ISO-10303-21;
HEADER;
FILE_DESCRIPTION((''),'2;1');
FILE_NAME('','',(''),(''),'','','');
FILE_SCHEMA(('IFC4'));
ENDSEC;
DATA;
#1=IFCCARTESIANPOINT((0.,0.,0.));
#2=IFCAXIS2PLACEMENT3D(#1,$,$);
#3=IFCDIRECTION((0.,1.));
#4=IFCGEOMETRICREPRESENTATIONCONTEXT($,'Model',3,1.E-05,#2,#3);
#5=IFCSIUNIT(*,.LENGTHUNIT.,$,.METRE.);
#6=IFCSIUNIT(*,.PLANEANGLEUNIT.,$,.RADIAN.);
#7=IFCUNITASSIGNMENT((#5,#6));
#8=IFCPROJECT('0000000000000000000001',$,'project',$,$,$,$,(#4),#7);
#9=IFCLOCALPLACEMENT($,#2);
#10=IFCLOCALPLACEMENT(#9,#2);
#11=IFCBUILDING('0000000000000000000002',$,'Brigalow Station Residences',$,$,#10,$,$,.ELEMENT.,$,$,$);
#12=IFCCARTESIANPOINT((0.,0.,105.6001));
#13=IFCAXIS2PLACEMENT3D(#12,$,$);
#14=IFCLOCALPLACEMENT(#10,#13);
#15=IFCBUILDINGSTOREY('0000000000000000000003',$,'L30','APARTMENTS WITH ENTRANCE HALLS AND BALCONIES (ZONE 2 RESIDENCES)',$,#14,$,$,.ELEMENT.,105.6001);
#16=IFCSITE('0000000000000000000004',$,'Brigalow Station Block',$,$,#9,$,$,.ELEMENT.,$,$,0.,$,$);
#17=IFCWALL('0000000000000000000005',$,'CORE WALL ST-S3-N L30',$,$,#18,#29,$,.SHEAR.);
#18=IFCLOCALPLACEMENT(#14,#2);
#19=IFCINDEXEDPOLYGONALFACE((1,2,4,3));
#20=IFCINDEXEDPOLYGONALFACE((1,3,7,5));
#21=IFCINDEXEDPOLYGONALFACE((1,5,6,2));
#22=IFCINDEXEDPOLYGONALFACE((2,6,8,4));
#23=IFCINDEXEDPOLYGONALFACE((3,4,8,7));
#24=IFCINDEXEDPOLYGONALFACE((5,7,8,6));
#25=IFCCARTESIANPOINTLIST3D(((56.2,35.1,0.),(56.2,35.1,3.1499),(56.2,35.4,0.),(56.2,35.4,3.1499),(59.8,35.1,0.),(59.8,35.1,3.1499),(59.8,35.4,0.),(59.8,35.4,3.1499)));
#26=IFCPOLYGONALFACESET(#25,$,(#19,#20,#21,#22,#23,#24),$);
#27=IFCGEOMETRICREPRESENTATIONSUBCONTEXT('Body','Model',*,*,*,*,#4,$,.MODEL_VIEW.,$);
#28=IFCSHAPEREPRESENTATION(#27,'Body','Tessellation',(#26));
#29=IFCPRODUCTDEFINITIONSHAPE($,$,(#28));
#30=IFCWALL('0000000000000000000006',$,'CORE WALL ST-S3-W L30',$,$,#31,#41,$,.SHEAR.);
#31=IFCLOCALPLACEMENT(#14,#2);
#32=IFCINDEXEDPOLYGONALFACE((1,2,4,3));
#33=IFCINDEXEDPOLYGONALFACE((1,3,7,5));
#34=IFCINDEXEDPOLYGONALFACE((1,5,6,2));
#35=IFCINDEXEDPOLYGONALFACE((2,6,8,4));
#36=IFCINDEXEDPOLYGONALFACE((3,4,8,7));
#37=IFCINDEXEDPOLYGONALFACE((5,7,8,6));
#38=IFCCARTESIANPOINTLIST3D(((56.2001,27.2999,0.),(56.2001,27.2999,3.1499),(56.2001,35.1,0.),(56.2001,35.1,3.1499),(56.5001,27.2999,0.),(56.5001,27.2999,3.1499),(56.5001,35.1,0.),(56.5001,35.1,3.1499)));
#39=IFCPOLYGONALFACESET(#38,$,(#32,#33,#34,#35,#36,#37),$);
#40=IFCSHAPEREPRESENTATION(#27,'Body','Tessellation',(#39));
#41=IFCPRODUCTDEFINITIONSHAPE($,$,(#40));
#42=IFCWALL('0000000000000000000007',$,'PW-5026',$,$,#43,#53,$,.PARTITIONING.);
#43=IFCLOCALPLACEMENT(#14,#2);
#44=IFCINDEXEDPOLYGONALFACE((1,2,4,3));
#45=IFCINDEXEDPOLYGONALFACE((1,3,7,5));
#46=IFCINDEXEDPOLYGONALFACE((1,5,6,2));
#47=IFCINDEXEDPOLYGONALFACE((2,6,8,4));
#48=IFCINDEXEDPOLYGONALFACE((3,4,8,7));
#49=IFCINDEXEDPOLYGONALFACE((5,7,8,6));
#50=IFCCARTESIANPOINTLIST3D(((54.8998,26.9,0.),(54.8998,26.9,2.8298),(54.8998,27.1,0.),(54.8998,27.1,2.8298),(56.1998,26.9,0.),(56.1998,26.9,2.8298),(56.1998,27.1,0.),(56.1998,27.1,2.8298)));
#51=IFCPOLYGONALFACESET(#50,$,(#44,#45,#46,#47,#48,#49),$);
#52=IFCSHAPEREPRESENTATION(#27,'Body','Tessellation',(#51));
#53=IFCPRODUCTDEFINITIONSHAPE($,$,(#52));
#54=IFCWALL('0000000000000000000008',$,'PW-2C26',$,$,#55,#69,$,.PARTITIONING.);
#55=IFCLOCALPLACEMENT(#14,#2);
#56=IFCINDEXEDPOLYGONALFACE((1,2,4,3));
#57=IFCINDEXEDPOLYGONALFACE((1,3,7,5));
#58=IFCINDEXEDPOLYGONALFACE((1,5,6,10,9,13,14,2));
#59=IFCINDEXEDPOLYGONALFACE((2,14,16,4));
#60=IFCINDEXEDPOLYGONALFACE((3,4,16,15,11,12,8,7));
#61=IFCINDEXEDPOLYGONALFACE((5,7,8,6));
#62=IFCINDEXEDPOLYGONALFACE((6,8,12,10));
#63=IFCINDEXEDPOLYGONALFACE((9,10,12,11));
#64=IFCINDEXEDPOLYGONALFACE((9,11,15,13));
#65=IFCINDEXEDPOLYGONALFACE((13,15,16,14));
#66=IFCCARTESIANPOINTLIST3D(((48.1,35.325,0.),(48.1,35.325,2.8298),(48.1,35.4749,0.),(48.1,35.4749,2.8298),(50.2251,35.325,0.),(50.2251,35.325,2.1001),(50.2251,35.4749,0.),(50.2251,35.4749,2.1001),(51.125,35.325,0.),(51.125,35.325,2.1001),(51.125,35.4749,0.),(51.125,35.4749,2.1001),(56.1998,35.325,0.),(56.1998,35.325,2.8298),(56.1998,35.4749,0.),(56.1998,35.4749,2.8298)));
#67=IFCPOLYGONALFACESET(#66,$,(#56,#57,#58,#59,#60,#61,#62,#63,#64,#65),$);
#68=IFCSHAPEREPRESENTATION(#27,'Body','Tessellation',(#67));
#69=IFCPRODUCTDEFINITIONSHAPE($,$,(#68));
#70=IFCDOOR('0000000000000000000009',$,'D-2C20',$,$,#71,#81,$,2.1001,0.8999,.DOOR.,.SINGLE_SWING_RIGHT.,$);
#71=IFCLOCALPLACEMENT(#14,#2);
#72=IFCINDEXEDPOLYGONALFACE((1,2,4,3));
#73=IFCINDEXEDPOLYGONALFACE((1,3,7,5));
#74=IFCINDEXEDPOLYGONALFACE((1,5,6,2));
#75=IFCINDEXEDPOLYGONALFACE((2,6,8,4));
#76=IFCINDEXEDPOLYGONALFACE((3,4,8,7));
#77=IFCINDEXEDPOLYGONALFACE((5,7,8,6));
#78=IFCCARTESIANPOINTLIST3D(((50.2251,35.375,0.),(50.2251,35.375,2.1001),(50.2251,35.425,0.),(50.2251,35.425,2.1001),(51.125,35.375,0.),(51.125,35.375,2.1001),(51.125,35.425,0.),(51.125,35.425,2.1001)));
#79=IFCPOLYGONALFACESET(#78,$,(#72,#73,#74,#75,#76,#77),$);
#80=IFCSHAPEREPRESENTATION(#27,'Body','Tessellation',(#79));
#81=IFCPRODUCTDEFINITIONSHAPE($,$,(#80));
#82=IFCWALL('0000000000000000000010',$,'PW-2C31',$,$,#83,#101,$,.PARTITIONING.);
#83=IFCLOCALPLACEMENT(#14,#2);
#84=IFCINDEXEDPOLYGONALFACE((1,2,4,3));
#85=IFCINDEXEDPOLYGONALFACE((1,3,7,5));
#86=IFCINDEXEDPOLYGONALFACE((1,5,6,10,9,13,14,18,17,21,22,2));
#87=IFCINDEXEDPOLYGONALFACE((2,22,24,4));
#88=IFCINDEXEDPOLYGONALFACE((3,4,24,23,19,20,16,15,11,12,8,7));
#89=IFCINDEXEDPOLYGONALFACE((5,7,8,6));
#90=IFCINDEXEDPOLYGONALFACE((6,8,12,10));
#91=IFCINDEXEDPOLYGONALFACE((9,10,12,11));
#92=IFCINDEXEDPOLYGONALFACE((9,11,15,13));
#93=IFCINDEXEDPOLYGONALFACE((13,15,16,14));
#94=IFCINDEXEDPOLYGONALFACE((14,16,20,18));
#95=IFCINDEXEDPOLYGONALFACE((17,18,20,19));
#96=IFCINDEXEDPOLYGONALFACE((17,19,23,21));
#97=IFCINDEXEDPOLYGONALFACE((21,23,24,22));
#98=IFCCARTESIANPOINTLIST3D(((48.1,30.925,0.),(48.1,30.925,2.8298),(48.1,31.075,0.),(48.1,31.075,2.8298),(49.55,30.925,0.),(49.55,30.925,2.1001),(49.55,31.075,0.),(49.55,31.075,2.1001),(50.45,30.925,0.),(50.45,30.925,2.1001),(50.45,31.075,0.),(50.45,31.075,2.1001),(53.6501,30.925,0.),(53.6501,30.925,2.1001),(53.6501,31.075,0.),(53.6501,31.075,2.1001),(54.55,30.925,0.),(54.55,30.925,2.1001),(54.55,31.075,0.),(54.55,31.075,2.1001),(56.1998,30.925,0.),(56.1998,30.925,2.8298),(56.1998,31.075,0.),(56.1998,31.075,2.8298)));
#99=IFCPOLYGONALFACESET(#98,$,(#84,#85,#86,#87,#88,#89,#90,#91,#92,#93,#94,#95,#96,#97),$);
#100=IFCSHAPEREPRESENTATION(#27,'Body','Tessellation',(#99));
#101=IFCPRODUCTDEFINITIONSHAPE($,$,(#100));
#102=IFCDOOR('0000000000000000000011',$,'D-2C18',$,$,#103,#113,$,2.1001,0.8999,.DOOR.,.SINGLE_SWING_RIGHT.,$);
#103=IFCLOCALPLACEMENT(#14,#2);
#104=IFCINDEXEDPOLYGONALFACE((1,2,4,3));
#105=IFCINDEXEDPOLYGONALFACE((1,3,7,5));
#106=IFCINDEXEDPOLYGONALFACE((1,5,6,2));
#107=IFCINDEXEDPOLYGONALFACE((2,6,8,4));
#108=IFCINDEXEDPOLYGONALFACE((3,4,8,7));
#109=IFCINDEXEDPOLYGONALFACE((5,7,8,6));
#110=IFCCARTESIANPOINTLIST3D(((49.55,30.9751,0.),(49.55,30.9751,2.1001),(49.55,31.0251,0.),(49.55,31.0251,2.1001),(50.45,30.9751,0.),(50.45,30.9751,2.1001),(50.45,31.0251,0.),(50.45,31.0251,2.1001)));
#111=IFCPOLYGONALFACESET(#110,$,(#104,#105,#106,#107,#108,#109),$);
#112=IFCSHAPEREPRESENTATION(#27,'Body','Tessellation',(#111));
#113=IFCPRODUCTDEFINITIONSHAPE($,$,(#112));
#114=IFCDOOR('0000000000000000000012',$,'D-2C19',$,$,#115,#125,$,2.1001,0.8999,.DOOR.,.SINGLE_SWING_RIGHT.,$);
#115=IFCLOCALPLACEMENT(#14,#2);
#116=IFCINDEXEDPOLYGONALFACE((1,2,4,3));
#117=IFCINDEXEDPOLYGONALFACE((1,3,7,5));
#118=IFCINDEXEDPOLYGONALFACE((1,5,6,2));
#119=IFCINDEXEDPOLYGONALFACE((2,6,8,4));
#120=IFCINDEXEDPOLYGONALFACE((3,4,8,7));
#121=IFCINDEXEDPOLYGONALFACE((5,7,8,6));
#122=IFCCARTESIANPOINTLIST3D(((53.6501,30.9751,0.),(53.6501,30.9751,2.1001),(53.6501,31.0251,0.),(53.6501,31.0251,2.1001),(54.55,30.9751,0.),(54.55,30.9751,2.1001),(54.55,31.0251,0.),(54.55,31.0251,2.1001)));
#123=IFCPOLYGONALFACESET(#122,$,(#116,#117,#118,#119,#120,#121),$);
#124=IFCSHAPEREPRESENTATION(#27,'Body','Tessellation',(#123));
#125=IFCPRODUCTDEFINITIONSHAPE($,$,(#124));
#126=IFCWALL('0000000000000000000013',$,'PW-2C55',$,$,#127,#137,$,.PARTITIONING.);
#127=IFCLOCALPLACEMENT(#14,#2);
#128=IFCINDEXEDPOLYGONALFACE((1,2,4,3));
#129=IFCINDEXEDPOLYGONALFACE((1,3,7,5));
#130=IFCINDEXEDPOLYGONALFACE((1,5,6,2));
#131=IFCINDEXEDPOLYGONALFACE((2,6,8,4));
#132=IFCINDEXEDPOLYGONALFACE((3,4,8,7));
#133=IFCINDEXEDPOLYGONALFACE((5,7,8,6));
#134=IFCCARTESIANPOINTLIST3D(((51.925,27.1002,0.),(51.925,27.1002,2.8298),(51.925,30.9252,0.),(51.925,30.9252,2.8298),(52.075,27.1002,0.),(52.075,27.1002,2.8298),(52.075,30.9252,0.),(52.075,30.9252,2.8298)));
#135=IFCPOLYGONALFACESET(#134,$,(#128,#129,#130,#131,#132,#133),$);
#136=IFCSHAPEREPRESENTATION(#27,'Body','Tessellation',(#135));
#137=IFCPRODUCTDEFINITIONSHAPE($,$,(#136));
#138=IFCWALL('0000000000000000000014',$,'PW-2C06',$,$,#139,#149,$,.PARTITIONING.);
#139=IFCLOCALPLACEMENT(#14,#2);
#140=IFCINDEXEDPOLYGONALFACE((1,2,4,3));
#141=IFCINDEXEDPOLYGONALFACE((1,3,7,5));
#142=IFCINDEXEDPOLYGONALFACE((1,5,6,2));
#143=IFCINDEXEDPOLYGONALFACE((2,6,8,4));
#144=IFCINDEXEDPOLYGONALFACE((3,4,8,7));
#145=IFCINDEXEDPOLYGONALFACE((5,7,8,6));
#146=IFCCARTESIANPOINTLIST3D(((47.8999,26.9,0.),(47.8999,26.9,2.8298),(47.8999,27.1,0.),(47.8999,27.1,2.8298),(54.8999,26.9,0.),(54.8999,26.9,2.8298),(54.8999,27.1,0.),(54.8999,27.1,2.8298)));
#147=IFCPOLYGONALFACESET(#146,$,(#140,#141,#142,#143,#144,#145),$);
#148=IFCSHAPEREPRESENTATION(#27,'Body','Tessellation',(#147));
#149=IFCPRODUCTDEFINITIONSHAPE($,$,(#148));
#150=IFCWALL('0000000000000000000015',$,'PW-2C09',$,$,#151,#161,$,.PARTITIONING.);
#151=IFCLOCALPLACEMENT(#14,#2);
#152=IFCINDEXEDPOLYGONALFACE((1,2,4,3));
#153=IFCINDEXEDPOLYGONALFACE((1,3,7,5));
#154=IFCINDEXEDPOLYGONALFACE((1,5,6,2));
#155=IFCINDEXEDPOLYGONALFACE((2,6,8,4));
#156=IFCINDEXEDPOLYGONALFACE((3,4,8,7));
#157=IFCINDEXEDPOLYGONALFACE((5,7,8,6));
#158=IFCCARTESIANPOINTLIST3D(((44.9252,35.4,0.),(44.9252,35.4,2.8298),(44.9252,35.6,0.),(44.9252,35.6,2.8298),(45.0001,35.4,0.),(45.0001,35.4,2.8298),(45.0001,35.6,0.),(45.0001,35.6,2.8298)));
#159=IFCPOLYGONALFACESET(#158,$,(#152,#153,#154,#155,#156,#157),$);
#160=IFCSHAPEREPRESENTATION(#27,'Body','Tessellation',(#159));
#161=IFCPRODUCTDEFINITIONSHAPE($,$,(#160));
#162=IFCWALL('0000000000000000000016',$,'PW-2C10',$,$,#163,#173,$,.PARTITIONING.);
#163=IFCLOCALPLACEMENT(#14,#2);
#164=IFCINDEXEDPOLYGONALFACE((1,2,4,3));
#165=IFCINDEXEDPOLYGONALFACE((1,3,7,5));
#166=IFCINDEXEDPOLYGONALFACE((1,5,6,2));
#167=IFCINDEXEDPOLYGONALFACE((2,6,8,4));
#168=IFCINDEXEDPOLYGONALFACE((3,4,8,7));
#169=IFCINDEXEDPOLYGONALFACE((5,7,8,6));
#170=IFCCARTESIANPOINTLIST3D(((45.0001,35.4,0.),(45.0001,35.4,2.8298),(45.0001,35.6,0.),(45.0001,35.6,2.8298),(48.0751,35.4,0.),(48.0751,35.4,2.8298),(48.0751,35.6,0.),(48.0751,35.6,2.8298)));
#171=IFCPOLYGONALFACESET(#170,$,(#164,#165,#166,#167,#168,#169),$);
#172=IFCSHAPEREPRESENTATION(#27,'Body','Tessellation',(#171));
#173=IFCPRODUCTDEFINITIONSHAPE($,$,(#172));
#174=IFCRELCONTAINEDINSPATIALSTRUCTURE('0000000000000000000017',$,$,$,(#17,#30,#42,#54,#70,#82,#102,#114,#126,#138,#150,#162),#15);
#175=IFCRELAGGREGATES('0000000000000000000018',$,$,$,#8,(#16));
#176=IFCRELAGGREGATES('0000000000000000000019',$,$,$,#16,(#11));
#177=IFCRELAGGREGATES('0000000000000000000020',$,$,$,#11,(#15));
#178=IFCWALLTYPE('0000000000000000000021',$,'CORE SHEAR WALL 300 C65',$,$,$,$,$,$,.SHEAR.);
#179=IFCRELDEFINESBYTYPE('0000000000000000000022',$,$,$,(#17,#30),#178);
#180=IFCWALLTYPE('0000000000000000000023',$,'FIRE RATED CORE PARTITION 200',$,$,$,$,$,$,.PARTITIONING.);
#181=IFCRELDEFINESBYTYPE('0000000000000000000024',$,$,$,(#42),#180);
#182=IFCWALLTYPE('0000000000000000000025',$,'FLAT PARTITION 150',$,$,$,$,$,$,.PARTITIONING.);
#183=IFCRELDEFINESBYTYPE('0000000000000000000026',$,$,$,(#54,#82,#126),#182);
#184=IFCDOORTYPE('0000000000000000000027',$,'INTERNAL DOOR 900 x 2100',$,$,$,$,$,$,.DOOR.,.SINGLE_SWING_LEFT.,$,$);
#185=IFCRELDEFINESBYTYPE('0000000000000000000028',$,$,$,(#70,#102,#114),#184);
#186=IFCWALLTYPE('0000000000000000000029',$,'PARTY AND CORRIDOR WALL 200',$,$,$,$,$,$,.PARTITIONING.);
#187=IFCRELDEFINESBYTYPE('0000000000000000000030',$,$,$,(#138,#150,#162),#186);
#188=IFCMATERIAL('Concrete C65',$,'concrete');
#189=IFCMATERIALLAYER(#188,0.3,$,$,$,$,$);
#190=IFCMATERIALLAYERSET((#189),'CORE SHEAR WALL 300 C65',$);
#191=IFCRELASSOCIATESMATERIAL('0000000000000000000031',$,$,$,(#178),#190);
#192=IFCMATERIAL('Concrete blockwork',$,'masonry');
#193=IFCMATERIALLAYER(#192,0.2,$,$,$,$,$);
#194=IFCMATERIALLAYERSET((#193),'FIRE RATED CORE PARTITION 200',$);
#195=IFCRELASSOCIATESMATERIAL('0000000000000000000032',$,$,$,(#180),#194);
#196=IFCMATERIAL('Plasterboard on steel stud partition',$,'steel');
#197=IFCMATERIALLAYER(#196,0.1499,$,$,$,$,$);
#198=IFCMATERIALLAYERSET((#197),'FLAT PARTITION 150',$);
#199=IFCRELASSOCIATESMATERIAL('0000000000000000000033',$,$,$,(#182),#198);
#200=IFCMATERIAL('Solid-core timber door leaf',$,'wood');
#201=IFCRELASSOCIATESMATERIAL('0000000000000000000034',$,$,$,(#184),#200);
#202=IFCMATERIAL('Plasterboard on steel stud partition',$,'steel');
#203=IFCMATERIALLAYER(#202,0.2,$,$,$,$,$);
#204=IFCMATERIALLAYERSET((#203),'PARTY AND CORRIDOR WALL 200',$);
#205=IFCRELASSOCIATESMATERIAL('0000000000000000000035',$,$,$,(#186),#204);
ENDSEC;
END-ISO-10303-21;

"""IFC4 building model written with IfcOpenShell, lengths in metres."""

from ifc_helpers import new_model, si_unit, direction, frame, frame_2d, origin, place, context, subcontext, project, spatial, rectangle, extrude, material, layer, layer_set, type_object, element, fill, save


model = new_model("IFC4")

# Units and contexts
model_context = context("Model", 3, precision=1e-05, world=origin(), true_north=direction((0.0, 1.0)))
body_context = subcontext(model_context, "Body", "Model", "MODEL_VIEW")
ifc_project = project(units=[si_unit("LENGTHUNIT", "METRE"), si_unit("PLANEANGLEUNIT", "RADIAN")], contexts=[model_context])

# Site, building, storey
site_placement = place(None, origin())
site = spatial("IfcSite", under=ifc_project, at=site_placement, Name="Brigalow Station Block", CompositionType="ELEMENT", RefElevation=0.0)
building_placement = place(site_placement, origin())
building = spatial("IfcBuilding", under=site, at=building_placement, Name="Brigalow Station Residences", CompositionType="ELEMENT")
storey_placement = place(building_placement, frame((0.0, 0.0, 105.6001)))
storey = spatial("IfcBuildingStorey", under=building, at=storey_placement, Name="L30", Description="APARTMENTS WITH ENTRANCE HALLS AND BALCONIES (ZONE 2 RESIDENCES)", CompositionType="ELEMENT", Elevation=105.6001)

# Shared definitions
ifc_material_1 = material(Name="Concrete C65", Category="concrete")
ifc_layer_1 = layer(ifc_material_1, 0.3)
ifc_layer_set_1 = layer_set([ifc_layer_1], Name="CORE SHEAR WALL 300 C65")
wall_type_1 = type_object("IfcWallType", Name="CORE SHEAR WALL 300 C65", PredefinedType="SHEAR", material=ifc_layer_set_1)

# Walls
wall_1_placement = place(storey_placement, frame((56.2, 35.25, 0.0), z_axis=(0.0, 0.0, 1.0), x_axis=(1.0, 0.0, 0.0)))
element("IfcWall", 1, at=wall_1_placement, inside=storey, type_object=wall_type_1, Name="CORE WALL ST-S3-N L30", PredefinedType="SHEAR", context=body_context, shape_type="SweptSolid", body=[
    extrude(rectangle(XDim=3.6001, YDim=0.3, at=frame_2d((1.8, 0.0))), origin(), (0.0, 0.0, 1.0), 3.1499),
])
wall_2_placement = place(storey_placement, frame((56.3501, 27.3, 0.0), z_axis=(0.0, 0.0, 1.0), x_axis=(0.0, 1.0, 0.0)))
element("IfcWall", 2, at=wall_2_placement, inside=storey, type_object=wall_type_1, Name="CORE WALL ST-S3-W L30", PredefinedType="SHEAR", context=body_context, shape_type="SweptSolid", body=[
    extrude(rectangle(XDim=7.8, YDim=0.3, at=frame_2d((3.8999, 0.0))), origin(), (0.0, 0.0, 1.0), 3.1499),
])
ifc_material_2 = material(Name="Concrete blockwork", Category="masonry")
ifc_layer_2 = layer(ifc_material_2, 0.2)
ifc_layer_set_2 = layer_set([ifc_layer_2], Name="FIRE RATED CORE PARTITION 200")
wall_type_2 = type_object("IfcWallType", Name="FIRE RATED CORE PARTITION 200", PredefinedType="PARTITIONING", material=ifc_layer_set_2)
wall_3_placement = place(storey_placement, frame((54.8999, 27.0, 0.0), z_axis=(0.0, 0.0, 1.0), x_axis=(1.0, 0.0, 0.0)))
element("IfcWall", 3, at=wall_3_placement, inside=storey, type_object=wall_type_2, Name="PW-5026", PredefinedType="PARTITIONING", context=body_context, shape_type="SweptSolid", body=[
    extrude(rectangle(XDim=1.3, YDim=0.2, at=frame_2d((0.6499, 0.0))), origin(), (0.0, 0.0, 1.0), 2.8298),
])

# Wall, opening, door
ifc_material_3 = material(Name="Plasterboard on steel stud partition", Category="steel")
ifc_layer_3 = layer(ifc_material_3, 0.1499)
ifc_layer_set_3 = layer_set([ifc_layer_3], Name="FLAT PARTITION 150")
wall_type_3 = type_object("IfcWallType", Name="FLAT PARTITION 150", PredefinedType="PARTITIONING", material=ifc_layer_set_3)
wall_4_placement = place(storey_placement, frame((48.1001, 35.3999, 0.0), z_axis=(0.0, 0.0, 1.0), x_axis=(1.0, 0.0, 0.0)))
wall_4 = element("IfcWall", 4, at=wall_4_placement, inside=storey, type_object=wall_type_3, Name="PW-2C26", PredefinedType="PARTITIONING", context=body_context, shape_type="SweptSolid", body=[
    extrude(rectangle(XDim=8.0999, YDim=0.1499, at=frame_2d((4.0498, 0.0))), origin(), (0.0, 0.0, 1.0), 2.8298),
])
opening_1_placement = place(wall_4_placement, frame((2.125, 0.0, 0.0)))
opening_1 = element("IfcOpeningElement", 5, at=opening_1_placement, cuts=wall_4, PredefinedType="OPENING", context=body_context, shape_type="SweptSolid", body=[
    extrude(rectangle(XDim=0.8999, YDim=2.1001, at=frame_2d((0.45, 1.05))), frame((0.0, 0.085, 0.0), z_axis=(0.0, -1.0, 0.0), x_axis=(1.0, 0.0, 0.0)), (0.0, 0.0, 1.0), 0.1699),
])
ifc_material_4 = material(Name="Solid-core timber door leaf", Category="wood")
door_type_1 = type_object("IfcDoorType", Name="INTERNAL DOOR 900 x 2100", OperationType="SINGLE_SWING_LEFT", PredefinedType="DOOR", material=ifc_material_4)
door_1_placement = place(opening_1_placement, frame((0.8999, 0.0, 0.0), z_axis=(0.0, 0.0, 1.0), x_axis=(-1.0, 0.0, 0.0)))
door_1 = element("IfcDoor", 6, at=door_1_placement, inside=storey, type_object=door_type_1, Name="D-2C20", OperationType="SINGLE_SWING_RIGHT", OverallHeight=2.1001, OverallWidth=0.8999, PredefinedType="DOOR", context=body_context, shape_type="SweptSolid", body=[
    extrude(rectangle(XDim=0.8999, YDim=2.1001, at=frame_2d((0.45, 1.05))), frame((0.0, 0.0249, 0.0), z_axis=(0.0, -1.0, 0.0), x_axis=(1.0, 0.0, 0.0)), (0.0, 0.0, 1.0), 0.05),
])
fill(opening_1, door_1)

# Wall, openings, doors
wall_5_placement = place(storey_placement, frame((48.1001, 31.0, 0.0), z_axis=(0.0, 0.0, 1.0), x_axis=(1.0, 0.0, 0.0)))
wall_5 = element("IfcWall", 7, at=wall_5_placement, inside=storey, type_object=wall_type_3, Name="PW-2C31", PredefinedType="PARTITIONING", context=body_context, shape_type="SweptSolid", body=[
    extrude(rectangle(XDim=8.0999, YDim=0.1499, at=frame_2d((4.0498, 0.0))), origin(), (0.0, 0.0, 1.0), 2.8298),
])
opening_2_placement = place(wall_5_placement, frame((1.45, 0.0, 0.0)))
opening_2 = element("IfcOpeningElement", 8, at=opening_2_placement, cuts=wall_5, PredefinedType="OPENING", context=body_context, shape_type="SweptSolid", body=[
    extrude(rectangle(XDim=0.8999, YDim=2.1001, at=frame_2d((0.45, 1.05))), frame((0.0, 0.085, 0.0), z_axis=(0.0, -1.0, 0.0), x_axis=(1.0, 0.0, 0.0)), (0.0, 0.0, 1.0), 0.1699),
])
opening_3_placement = place(wall_5_placement, frame((5.55, 0.0, 0.0)))
opening_3 = element("IfcOpeningElement", 9, at=opening_3_placement, cuts=wall_5, PredefinedType="OPENING", context=body_context, shape_type="SweptSolid", body=[
    extrude(rectangle(XDim=0.8999, YDim=2.1001, at=frame_2d((0.45, 1.05))), frame((0.0, 0.085, 0.0), z_axis=(0.0, -1.0, 0.0), x_axis=(1.0, 0.0, 0.0)), (0.0, 0.0, 1.0), 0.1699),
])
door_2_placement = place(opening_2_placement, frame((0.8999, 0.0, 0.0), z_axis=(0.0, 0.0, 1.0), x_axis=(-1.0, 0.0, 0.0)))
door_2 = element("IfcDoor", 10, at=door_2_placement, inside=storey, type_object=door_type_1, Name="D-2C18", OperationType="SINGLE_SWING_RIGHT", OverallHeight=2.1001, OverallWidth=0.8999, PredefinedType="DOOR", context=body_context, shape_type="SweptSolid", body=[
    extrude(rectangle(XDim=0.8999, YDim=2.1001, at=frame_2d((0.45, 1.05))), frame((0.0, 0.0249, 0.0), z_axis=(0.0, -1.0, 0.0), x_axis=(1.0, 0.0, 0.0)), (0.0, 0.0, 1.0), 0.05),
])
fill(opening_2, door_2)
door_3_placement = place(opening_3_placement, frame((0.8999, 0.0, 0.0), z_axis=(0.0, 0.0, 1.0), x_axis=(-1.0, 0.0, 0.0)))
door_3 = element("IfcDoor", 11, at=door_3_placement, inside=storey, type_object=door_type_1, Name="D-2C19", OperationType="SINGLE_SWING_RIGHT", OverallHeight=2.1001, OverallWidth=0.8999, PredefinedType="DOOR", context=body_context, shape_type="SweptSolid", body=[
    extrude(rectangle(XDim=0.8999, YDim=2.1001, at=frame_2d((0.45, 1.05))), frame((0.0, 0.0249, 0.0), z_axis=(0.0, -1.0, 0.0), x_axis=(1.0, 0.0, 0.0)), (0.0, 0.0, 1.0), 0.05),
])
fill(opening_3, door_3)

# Walls
wall_6_placement = place(storey_placement, frame((52.0, 27.1001, 0.0), z_axis=(0.0, 0.0, 1.0), x_axis=(0.0, 1.0, 0.0)))
element("IfcWall", 12, at=wall_6_placement, inside=storey, type_object=wall_type_3, Name="PW-2C55", PredefinedType="PARTITIONING", context=body_context, shape_type="SweptSolid", body=[
    extrude(rectangle(XDim=3.825, YDim=0.1499, at=frame_2d((1.9126, 0.0))), origin(), (0.0, 0.0, 1.0), 2.8298),
])
ifc_material_5 = material(Name="Plasterboard on steel stud partition", Category="steel")
ifc_layer_4 = layer(ifc_material_5, 0.2)
ifc_layer_set_4 = layer_set([ifc_layer_4], Name="PARTY AND CORRIDOR WALL 200")
wall_type_4 = type_object("IfcWallType", Name="PARTY AND CORRIDOR WALL 200", PredefinedType="PARTITIONING", material=ifc_layer_set_4)
wall_7_placement = place(storey_placement, frame((47.8999, 27.0, 0.0), z_axis=(0.0, 0.0, 1.0), x_axis=(1.0, 0.0, 0.0)))
element("IfcWall", 13, at=wall_7_placement, inside=storey, type_object=wall_type_4, Name="PW-2C06", PredefinedType="PARTITIONING", context=body_context, shape_type="SweptSolid", body=[
    extrude(rectangle(XDim=7.0, YDim=0.2, at=frame_2d((3.5, 0.0))), origin(), (0.0, 0.0, 1.0), 2.8298),
])
wall_8_placement = place(storey_placement, frame((44.925, 35.5, 0.0), z_axis=(0.0, 0.0, 1.0), x_axis=(1.0, 0.0, 0.0)))
element("IfcWall", 14, at=wall_8_placement, inside=storey, type_object=wall_type_4, Name="PW-2C09", PredefinedType="PARTITIONING", context=body_context, shape_type="SweptSolid", body=[
    extrude(rectangle(XDim=0.075, YDim=0.2, at=frame_2d((0.0376, 0.0))), origin(), (0.0, 0.0, 1.0), 2.8298),
])
wall_9_placement = place(storey_placement, frame((45.0, 35.5, 0.0), z_axis=(0.0, 0.0, 1.0), x_axis=(1.0, 0.0, 0.0)))
element("IfcWall", 15, at=wall_9_placement, inside=storey, type_object=wall_type_4, Name="PW-2C10", PredefinedType="PARTITIONING", context=body_context, shape_type="SweptSolid", body=[
    extrude(rectangle(XDim=3.075, YDim=0.2, at=frame_2d((1.5376, 0.0))), origin(), (0.0, 0.0, 1.0), 2.8298),
])

save(model, "model.ifc")
